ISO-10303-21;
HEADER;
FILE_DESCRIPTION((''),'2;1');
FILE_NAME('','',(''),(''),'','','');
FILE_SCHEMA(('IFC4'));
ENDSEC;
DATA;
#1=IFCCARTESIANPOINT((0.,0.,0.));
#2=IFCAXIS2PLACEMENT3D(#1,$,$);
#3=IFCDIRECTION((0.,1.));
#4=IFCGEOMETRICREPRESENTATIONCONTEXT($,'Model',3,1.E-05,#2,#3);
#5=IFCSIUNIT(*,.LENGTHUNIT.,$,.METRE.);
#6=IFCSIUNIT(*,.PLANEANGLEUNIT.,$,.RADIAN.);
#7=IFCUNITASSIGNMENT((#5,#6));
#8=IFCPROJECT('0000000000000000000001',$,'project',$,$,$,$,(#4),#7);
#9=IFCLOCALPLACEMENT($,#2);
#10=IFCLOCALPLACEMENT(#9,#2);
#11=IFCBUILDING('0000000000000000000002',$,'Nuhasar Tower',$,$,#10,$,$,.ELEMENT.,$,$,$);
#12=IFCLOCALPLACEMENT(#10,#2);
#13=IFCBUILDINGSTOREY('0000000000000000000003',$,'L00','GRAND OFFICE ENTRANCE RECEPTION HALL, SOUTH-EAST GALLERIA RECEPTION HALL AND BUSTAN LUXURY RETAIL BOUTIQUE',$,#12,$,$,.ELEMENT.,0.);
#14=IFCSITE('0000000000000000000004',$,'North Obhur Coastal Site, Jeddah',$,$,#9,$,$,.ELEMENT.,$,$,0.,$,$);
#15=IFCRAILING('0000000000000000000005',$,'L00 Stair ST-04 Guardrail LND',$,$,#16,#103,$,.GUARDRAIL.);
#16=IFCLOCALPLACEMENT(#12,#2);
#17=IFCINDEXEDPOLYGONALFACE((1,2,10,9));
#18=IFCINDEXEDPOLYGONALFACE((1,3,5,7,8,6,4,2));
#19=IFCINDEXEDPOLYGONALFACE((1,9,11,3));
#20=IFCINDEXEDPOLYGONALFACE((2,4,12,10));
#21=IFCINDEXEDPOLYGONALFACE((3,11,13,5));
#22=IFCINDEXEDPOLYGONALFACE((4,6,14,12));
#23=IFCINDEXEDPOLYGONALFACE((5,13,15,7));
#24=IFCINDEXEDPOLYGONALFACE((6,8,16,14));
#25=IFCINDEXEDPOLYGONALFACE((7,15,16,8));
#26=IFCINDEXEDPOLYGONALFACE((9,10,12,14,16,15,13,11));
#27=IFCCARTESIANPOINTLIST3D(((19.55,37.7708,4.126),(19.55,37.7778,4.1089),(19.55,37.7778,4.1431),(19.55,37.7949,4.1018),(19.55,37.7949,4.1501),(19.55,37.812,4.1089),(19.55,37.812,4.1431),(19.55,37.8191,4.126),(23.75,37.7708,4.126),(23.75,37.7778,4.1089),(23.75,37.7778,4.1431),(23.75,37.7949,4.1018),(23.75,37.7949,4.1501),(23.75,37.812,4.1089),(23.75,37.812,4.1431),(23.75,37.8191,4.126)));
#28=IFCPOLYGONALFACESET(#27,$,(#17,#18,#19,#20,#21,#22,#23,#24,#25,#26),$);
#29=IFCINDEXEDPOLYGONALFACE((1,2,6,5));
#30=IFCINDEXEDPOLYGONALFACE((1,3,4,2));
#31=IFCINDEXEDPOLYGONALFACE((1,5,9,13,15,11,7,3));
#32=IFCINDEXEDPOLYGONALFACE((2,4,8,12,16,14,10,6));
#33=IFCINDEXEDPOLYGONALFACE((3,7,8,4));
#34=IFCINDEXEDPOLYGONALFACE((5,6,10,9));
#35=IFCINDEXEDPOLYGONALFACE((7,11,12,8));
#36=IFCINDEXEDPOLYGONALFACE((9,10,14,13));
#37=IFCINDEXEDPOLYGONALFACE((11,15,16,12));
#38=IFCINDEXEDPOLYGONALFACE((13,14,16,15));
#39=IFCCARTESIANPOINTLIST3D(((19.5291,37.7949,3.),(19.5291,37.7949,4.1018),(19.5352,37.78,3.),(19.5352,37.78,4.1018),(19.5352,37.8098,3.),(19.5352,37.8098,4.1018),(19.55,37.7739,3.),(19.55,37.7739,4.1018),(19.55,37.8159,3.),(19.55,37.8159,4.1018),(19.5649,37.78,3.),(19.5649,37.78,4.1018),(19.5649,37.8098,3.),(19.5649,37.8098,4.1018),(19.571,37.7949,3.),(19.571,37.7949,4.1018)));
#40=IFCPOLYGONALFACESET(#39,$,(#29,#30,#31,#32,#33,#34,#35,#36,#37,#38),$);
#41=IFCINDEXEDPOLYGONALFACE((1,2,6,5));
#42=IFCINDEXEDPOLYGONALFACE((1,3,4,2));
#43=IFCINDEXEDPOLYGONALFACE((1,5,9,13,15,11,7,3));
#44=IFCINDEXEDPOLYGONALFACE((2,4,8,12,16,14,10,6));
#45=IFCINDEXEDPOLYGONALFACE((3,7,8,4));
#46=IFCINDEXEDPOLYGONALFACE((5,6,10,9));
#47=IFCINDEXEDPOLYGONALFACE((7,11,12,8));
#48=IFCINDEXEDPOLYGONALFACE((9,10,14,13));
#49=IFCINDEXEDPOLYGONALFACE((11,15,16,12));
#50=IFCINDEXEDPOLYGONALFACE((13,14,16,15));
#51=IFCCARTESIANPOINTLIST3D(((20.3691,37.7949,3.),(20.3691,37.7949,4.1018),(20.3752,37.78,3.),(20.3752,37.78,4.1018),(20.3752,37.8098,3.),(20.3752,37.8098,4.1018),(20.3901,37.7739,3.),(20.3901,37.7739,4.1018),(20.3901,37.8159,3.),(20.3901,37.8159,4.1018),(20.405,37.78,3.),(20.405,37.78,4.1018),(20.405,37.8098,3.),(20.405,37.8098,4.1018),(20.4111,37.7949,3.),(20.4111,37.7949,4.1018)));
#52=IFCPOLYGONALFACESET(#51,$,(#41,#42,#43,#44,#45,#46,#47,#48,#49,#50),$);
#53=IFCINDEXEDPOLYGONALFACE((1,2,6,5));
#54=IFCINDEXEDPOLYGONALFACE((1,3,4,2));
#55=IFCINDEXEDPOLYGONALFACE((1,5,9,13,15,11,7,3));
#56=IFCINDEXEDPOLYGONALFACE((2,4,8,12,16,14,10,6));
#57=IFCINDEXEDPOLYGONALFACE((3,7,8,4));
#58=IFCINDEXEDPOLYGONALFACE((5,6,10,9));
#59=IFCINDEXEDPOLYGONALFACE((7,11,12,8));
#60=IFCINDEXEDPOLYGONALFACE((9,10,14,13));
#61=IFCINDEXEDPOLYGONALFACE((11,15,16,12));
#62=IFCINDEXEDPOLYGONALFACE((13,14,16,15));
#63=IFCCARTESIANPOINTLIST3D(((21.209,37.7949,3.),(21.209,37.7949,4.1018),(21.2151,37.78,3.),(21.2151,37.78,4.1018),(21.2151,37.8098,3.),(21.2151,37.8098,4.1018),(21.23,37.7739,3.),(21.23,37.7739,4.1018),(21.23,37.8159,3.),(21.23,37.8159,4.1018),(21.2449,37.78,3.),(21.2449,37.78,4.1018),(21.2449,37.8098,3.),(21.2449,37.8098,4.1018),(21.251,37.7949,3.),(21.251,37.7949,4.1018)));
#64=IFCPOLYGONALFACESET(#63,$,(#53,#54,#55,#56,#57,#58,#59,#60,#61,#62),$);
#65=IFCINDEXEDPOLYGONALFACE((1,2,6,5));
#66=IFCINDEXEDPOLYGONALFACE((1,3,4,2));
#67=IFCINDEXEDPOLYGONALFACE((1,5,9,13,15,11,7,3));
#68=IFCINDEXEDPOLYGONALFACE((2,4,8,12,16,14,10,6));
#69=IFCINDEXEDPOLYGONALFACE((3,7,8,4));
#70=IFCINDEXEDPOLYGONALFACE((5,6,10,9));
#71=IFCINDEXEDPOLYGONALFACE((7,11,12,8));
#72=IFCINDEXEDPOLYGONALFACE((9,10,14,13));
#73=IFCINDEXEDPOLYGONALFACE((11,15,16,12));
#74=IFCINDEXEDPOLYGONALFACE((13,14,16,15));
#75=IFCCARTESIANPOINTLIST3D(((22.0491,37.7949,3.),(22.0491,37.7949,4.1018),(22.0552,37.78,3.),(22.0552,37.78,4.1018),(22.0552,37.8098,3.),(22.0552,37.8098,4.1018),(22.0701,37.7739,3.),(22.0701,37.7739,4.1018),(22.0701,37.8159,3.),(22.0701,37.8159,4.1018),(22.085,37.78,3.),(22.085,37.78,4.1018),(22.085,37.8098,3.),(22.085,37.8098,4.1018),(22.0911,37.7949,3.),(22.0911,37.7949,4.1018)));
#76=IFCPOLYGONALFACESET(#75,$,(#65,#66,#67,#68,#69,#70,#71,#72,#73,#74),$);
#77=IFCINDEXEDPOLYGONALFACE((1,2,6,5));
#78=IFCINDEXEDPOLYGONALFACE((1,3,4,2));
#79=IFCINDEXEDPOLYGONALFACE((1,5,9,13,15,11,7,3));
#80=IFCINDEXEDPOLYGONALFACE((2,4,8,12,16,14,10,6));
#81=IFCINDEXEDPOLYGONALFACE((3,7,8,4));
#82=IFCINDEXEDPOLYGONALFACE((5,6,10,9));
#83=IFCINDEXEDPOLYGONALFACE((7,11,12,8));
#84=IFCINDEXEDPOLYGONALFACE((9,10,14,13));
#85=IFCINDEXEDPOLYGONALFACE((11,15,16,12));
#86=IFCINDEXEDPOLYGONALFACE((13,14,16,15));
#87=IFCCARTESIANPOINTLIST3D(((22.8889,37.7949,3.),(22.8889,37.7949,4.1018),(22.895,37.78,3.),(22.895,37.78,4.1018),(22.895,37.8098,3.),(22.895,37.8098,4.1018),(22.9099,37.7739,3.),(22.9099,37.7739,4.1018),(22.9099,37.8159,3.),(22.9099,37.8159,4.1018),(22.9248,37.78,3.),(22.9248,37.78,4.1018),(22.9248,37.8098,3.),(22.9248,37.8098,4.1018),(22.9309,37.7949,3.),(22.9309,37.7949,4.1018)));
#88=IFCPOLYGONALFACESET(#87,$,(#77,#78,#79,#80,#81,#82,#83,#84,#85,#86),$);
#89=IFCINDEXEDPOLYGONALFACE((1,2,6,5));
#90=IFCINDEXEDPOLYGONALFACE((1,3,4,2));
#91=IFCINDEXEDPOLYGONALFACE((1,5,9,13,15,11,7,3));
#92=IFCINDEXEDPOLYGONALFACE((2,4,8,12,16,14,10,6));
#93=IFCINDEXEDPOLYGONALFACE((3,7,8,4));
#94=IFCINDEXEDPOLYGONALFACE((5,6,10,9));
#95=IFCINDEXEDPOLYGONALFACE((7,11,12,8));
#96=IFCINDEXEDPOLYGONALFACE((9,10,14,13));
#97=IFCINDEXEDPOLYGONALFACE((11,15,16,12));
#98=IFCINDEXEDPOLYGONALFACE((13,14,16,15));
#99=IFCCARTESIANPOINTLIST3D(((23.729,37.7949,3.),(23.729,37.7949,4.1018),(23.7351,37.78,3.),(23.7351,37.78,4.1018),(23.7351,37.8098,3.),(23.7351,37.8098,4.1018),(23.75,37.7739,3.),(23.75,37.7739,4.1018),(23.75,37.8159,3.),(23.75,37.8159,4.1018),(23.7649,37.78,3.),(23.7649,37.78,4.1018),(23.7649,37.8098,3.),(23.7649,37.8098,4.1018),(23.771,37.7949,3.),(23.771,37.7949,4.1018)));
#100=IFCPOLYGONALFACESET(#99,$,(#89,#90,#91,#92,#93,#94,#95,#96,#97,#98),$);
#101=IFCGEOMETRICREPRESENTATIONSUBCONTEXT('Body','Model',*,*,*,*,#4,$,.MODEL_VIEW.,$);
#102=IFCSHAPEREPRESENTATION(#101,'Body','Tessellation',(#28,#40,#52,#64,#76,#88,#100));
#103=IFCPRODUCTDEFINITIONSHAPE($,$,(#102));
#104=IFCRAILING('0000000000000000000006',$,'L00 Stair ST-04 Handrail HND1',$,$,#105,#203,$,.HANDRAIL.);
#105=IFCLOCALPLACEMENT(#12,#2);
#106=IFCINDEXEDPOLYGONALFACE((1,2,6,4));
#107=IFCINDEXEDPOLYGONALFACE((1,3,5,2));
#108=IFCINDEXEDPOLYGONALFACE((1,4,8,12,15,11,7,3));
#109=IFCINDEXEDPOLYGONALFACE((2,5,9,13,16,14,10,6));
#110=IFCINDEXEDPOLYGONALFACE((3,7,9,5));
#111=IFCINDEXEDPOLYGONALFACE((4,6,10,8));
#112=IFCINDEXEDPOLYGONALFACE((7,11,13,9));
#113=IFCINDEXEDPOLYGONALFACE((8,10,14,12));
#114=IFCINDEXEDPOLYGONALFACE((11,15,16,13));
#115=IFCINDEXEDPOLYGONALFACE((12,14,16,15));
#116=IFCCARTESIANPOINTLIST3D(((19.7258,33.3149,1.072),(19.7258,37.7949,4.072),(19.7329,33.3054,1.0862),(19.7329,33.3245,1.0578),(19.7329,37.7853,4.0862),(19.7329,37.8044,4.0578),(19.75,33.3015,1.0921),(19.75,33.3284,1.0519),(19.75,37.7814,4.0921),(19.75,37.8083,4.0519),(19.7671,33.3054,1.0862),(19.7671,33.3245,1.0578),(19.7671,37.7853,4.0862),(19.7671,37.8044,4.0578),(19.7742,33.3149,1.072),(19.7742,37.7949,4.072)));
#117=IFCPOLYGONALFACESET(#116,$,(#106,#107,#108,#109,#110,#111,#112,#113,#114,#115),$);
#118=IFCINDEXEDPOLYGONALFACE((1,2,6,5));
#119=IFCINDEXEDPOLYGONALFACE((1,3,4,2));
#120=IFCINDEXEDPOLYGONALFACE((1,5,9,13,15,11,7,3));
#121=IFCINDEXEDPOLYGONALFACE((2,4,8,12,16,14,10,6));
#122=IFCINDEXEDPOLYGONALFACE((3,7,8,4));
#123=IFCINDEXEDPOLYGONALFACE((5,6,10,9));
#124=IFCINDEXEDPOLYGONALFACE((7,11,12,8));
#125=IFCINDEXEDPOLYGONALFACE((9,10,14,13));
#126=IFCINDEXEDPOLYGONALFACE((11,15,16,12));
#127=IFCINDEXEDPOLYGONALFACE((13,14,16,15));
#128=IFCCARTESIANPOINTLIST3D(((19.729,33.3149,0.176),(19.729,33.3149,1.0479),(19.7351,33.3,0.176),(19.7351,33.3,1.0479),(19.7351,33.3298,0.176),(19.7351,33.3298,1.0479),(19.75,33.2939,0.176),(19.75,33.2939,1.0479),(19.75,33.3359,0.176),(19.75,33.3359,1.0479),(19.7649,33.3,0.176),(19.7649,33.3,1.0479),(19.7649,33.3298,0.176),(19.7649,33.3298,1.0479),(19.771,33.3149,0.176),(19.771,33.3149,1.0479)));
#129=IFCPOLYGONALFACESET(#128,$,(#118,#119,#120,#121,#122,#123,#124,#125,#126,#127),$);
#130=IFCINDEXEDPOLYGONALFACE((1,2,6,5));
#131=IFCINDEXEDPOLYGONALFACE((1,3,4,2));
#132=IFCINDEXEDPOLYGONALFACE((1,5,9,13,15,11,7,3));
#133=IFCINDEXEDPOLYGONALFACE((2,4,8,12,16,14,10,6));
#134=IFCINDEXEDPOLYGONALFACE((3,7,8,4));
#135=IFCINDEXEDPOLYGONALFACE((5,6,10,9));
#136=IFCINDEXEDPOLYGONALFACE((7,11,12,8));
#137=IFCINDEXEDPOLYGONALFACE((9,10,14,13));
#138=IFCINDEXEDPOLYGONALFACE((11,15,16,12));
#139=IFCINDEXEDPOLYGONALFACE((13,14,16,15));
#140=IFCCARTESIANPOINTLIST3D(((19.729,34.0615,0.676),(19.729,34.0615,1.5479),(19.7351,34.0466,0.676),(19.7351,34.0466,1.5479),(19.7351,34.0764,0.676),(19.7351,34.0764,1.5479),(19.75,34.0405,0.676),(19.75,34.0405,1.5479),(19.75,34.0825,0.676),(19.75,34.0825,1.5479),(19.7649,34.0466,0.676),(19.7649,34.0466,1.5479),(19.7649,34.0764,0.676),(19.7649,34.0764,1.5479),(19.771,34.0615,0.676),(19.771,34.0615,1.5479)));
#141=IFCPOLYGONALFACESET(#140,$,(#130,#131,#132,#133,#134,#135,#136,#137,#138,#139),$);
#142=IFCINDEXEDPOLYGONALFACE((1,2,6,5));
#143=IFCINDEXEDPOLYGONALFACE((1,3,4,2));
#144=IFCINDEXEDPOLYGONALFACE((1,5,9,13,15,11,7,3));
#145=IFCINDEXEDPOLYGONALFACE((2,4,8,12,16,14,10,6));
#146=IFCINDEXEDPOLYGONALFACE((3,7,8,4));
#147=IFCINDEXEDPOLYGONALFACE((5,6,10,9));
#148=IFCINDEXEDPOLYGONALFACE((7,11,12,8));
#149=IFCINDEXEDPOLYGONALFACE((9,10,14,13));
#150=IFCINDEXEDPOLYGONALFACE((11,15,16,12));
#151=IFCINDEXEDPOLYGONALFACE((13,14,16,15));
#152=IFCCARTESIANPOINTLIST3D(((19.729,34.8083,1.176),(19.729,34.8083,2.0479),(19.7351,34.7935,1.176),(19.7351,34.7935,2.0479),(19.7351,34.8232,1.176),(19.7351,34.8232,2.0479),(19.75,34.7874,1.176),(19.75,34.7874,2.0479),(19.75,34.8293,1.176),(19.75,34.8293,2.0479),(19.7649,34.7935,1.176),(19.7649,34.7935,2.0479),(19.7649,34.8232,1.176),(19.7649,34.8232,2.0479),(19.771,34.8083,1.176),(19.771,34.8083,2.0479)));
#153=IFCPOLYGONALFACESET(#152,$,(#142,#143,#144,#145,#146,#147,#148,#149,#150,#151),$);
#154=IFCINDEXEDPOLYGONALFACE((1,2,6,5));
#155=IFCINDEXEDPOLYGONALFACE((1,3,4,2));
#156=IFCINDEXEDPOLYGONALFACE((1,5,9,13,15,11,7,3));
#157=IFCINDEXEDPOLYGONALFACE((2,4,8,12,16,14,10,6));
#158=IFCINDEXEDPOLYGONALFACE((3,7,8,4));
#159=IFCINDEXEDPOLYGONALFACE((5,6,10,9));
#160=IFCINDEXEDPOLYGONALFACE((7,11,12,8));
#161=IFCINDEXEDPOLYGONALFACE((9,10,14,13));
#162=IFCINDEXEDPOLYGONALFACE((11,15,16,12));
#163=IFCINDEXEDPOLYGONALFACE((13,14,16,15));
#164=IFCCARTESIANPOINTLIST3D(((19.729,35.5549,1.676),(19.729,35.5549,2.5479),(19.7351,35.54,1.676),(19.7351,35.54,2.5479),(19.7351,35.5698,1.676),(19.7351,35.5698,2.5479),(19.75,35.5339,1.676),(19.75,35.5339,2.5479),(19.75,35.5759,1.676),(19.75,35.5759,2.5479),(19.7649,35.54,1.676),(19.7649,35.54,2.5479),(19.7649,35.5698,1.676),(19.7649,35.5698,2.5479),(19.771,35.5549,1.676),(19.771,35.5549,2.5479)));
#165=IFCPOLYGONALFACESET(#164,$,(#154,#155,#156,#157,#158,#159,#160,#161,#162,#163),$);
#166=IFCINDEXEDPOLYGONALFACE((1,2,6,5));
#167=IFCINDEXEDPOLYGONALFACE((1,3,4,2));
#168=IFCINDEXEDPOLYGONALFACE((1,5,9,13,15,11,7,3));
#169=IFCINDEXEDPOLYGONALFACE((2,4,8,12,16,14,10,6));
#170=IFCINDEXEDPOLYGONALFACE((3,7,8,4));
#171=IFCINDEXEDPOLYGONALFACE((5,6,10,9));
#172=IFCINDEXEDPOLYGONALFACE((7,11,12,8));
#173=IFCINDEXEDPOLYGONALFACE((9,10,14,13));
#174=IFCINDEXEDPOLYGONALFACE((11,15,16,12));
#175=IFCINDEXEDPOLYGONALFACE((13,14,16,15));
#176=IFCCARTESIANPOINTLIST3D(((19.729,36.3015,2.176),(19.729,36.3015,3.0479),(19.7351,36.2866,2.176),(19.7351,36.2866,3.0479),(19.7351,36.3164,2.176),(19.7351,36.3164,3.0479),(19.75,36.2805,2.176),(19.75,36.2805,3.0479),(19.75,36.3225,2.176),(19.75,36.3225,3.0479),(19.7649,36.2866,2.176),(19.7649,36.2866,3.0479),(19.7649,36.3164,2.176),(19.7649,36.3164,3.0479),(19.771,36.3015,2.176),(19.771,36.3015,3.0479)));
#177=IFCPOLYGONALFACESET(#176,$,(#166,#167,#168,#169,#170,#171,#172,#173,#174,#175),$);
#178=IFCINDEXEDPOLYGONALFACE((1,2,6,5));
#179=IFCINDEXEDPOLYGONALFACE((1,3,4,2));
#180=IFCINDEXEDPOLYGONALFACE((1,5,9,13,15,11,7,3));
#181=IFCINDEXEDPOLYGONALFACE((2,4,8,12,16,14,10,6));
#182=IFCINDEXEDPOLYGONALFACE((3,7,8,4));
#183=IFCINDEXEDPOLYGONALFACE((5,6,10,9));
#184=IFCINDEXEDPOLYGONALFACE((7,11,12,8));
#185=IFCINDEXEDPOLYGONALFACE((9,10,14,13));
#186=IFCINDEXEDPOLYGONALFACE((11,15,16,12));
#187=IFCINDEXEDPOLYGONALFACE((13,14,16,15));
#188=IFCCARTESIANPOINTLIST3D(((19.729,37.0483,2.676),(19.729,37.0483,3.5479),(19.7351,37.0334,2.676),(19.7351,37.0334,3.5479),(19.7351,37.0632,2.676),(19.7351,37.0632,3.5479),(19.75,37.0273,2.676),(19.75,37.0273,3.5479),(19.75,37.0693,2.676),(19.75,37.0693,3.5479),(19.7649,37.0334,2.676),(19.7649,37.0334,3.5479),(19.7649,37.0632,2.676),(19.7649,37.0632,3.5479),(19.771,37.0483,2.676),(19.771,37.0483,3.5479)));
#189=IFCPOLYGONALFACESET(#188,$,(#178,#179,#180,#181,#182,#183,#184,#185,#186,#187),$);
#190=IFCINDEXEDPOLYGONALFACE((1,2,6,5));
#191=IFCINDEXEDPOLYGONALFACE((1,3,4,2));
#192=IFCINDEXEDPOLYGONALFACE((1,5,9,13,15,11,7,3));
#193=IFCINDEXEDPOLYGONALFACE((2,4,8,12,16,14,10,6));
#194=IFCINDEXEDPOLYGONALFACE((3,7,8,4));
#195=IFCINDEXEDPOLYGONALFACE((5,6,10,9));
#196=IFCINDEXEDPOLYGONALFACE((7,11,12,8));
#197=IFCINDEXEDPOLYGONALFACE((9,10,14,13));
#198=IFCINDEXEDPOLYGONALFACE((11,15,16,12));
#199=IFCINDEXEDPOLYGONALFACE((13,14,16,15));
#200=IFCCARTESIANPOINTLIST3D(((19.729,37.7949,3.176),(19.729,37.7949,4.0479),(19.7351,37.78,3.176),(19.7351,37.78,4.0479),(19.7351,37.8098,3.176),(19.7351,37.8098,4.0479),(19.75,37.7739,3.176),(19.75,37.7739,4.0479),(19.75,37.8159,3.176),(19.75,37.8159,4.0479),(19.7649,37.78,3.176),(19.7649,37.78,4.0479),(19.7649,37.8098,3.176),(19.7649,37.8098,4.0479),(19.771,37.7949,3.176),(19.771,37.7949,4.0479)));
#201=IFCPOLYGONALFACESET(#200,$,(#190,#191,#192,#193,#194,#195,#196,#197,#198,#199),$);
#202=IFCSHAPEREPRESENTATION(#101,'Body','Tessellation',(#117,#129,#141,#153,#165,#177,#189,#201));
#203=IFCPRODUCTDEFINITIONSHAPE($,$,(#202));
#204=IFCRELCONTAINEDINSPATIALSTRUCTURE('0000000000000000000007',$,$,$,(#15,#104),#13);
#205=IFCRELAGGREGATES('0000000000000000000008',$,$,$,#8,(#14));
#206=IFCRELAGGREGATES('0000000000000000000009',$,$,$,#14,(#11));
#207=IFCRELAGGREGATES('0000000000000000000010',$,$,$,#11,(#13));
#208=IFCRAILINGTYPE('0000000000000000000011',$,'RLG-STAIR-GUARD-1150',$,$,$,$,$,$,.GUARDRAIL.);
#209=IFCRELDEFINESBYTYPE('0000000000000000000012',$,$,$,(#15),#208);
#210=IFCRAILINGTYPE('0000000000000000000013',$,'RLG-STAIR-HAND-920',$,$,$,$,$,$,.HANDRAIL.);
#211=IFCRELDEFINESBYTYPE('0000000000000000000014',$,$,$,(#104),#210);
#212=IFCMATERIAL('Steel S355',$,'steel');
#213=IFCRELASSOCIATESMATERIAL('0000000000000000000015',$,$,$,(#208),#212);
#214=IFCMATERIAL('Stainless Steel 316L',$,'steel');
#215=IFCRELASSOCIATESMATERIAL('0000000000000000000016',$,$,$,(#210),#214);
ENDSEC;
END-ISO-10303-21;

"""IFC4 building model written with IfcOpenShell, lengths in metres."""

from ifc_helpers import new_model, si_unit, direction, frame, origin, place, context, subcontext, project, spatial, polyline, outline, extrude, material, type_object, element, save


model = new_model("IFC4")

# Units and contexts
model_context = context("Model", 3, precision=1e-05, world=origin(), true_north=direction((0.0, 1.0)))
body_context = subcontext(model_context, "Body", "Model", "MODEL_VIEW")
ifc_project = project(units=[si_unit("LENGTHUNIT", "METRE"), si_unit("PLANEANGLEUNIT", "RADIAN")], contexts=[model_context])

# Site, building, storey
site_placement = place(None, origin())
site = spatial("IfcSite", under=ifc_project, at=site_placement, Name="North Obhur Coastal Site, Jeddah", CompositionType="ELEMENT", RefElevation=0.0)
building_placement = place(site_placement, origin())
building = spatial("IfcBuilding", under=site, at=building_placement, Name="Nuhasar Tower", CompositionType="ELEMENT")
storey_placement = place(building_placement, origin())
storey = spatial("IfcBuildingStorey", under=building, at=storey_placement, Name="L00", Description="GRAND OFFICE ENTRANCE RECEPTION HALL, SOUTH-EAST GALLERIA RECEPTION HALL AND BUSTAN LUXURY RETAIL BOUTIQUE", CompositionType="ELEMENT", Elevation=0.0)

# Shared definitions
ifc_material_1 = material(Name="Steel S355", Category="steel")

# Railings
railing_type_1 = type_object("IfcRailingType", Name="RLG-STAIR-GUARD-1150", PredefinedType="GUARDRAIL", material=ifc_material_1)
railing_1_placement = place(storey_placement, frame((19.55, 37.7949, 3.0)))
element("IfcRailing", 1, at=railing_1_placement, inside=storey, type_object=railing_type_1, Name="L00 Stair ST-04 Guardrail LND", PredefinedType="GUARDRAIL", context=body_context, shape_type="SweptSolid", body=[
    extrude(outline(polyline([(0.0242, 0.0), (0.0171, 0.0171), (0.0, 0.0242), (-0.0171, 0.0171), (-0.0242, 0.0), (-0.0171, -0.0171), (0.0, -0.0242), (0.0171, -0.0171), (0.0242, 0.0)])), frame((0.0, 0.0, 1.126), z_axis=(1.0, 0.0, 0.0), x_axis=(0.0, 1.0, 0.0)), (0.0, 0.0, 1.0), 4.2),
    extrude(outline(polyline([(0.021, 0.0), (0.0149, 0.0149), (0.0, 0.021), (-0.0149, 0.0149), (-0.021, 0.0), (-0.0149, -0.0149), (0.0, -0.021), (0.0149, -0.0149), (0.021, 0.0)])), origin(), (0.0, 0.0, 1.0), 1.1018),
    extrude(outline(polyline([(0.021, 0.0), (0.0149, 0.0149), (0.0, 0.021), (-0.0149, 0.0149), (-0.021, 0.0), (-0.0149, -0.0149), (0.0, -0.021), (0.0149, -0.0149), (0.021, 0.0)])), frame((0.8401, 0.0, 0.0)), (0.0, 0.0, 1.0), 1.1018),
    extrude(outline(polyline([(0.021, 0.0), (0.0149, 0.0149), (0.0, 0.021), (-0.0149, 0.0149), (-0.021, 0.0), (-0.0149, -0.0149), (0.0, -0.021), (0.0149, -0.0149), (0.021, 0.0)])), frame((1.6799, 0.0, 0.0)), (0.0, 0.0, 1.0), 1.1018),
    extrude(outline(polyline([(0.021, 0.0), (0.0149, 0.0149), (0.0, 0.021), (-0.0149, 0.0149), (-0.021, 0.0), (-0.0149, -0.0149), (0.0, -0.021), (0.0149, -0.0149), (0.021, 0.0)])), frame((2.52, 0.0, 0.0)), (0.0, 0.0, 1.0), 1.1018),
    extrude(outline(polyline([(0.021, 0.0), (0.0149, 0.0149), (0.0, 0.021), (-0.0149, 0.0149), (-0.021, 0.0), (-0.0149, -0.0149), (0.0, -0.021), (0.0149, -0.0149), (0.021, 0.0)])), frame((3.3599, 0.0, 0.0)), (0.0, 0.0, 1.0), 1.1018),
    extrude(outline(polyline([(0.021, 0.0), (0.0149, 0.0149), (0.0, 0.021), (-0.0149, 0.0149), (-0.021, 0.0), (-0.0149, -0.0149), (0.0, -0.021), (0.0149, -0.0149), (0.021, 0.0)])), frame((4.2, 0.0, 0.0)), (0.0, 0.0, 1.0), 1.1018),
])
ifc_material_2 = material(Name="Stainless Steel 316L", Category="steel")
railing_type_2 = type_object("IfcRailingType", Name="RLG-STAIR-HAND-920", PredefinedType="HANDRAIL", material=ifc_material_2)
railing_2_placement = place(storey_placement, frame((19.75, 33.3149, 0.176)))
element("IfcRailing", 2, at=railing_2_placement, inside=storey, type_object=railing_type_2, Name="L00 Stair ST-04 Handrail HND1", PredefinedType="HANDRAIL", context=body_context, shape_type="SweptSolid", body=[
    extrude(outline(polyline([(0.0242, 0.0), (0.0171, 0.0171), (0.0, 0.0242), (-0.0171, 0.0171), (-0.0242, 0.0), (-0.0171, -0.0171), (0.0, -0.0242), (0.0171, -0.0171), (0.0242, 0.0)])), frame((0.0, 0.0, 0.896), z_axis=(0.0, 0.830906, 0.556413), x_axis=(-1.0, 0.0, 0.0)), (0.0, 0.0, 1.0), 5.3916),
    extrude(outline(polyline([(0.021, 0.0), (0.0149, 0.0149), (0.0, 0.021), (-0.0149, 0.0149), (-0.021, 0.0), (-0.0149, -0.0149), (0.0, -0.021), (0.0149, -0.0149), (0.021, 0.0)])), origin(), (0.0, 0.0, 1.0), 0.8718),
    extrude(outline(polyline([(0.021, 0.0), (0.0149, 0.0149), (0.0, 0.021), (-0.0149, 0.0149), (-0.021, 0.0), (-0.0149, -0.0149), (0.0, -0.021), (0.0149, -0.0149), (0.021, 0.0)])), frame((0.0, 0.7466, 0.5)), (0.0, 0.0, 1.0), 0.8718),
    extrude(outline(polyline([(0.021, 0.0), (0.0149, 0.0149), (0.0, 0.021), (-0.0149, 0.0149), (-0.021, 0.0), (-0.0149, -0.0149), (0.0, -0.021), (0.0149, -0.0149), (0.021, 0.0)])), frame((0.0, 1.4934, 1.0)), (0.0, 0.0, 1.0), 0.8718),
    extrude(outline(polyline([(0.021, 0.0), (0.0149, 0.0149), (0.0, 0.021), (-0.0149, 0.0149), (-0.021, 0.0), (-0.0149, -0.0149), (0.0, -0.021), (0.0149, -0.0149), (0.021, 0.0)])), frame((0.0, 2.24, 1.5)), (0.0, 0.0, 1.0), 0.8718),
    extrude(outline(polyline([(0.021, 0.0), (0.0149, 0.0149), (0.0, 0.021), (-0.0149, 0.0149), (-0.021, 0.0), (-0.0149, -0.0149), (0.0, -0.021), (0.0149, -0.0149), (0.021, 0.0)])), frame((0.0, 2.9866, 2.0)), (0.0, 0.0, 1.0), 0.8718),
    extrude(outline(polyline([(0.021, 0.0), (0.0149, 0.0149), (0.0, 0.021), (-0.0149, 0.0149), (-0.021, 0.0), (-0.0149, -0.0149), (0.0, -0.021), (0.0149, -0.0149), (0.021, 0.0)])), frame((0.0, 3.7334, 2.5)), (0.0, 0.0, 1.0), 0.8718),
    extrude(outline(polyline([(0.021, 0.0), (0.0149, 0.0149), (0.0, 0.021), (-0.0149, 0.0149), (-0.021, 0.0), (-0.0149, -0.0149), (0.0, -0.021), (0.0149, -0.0149), (0.021, 0.0)])), frame((0.0, 4.48, 3.0)), (0.0, 0.0, 1.0), 0.8718),
])

save(model, "model.ifc")
